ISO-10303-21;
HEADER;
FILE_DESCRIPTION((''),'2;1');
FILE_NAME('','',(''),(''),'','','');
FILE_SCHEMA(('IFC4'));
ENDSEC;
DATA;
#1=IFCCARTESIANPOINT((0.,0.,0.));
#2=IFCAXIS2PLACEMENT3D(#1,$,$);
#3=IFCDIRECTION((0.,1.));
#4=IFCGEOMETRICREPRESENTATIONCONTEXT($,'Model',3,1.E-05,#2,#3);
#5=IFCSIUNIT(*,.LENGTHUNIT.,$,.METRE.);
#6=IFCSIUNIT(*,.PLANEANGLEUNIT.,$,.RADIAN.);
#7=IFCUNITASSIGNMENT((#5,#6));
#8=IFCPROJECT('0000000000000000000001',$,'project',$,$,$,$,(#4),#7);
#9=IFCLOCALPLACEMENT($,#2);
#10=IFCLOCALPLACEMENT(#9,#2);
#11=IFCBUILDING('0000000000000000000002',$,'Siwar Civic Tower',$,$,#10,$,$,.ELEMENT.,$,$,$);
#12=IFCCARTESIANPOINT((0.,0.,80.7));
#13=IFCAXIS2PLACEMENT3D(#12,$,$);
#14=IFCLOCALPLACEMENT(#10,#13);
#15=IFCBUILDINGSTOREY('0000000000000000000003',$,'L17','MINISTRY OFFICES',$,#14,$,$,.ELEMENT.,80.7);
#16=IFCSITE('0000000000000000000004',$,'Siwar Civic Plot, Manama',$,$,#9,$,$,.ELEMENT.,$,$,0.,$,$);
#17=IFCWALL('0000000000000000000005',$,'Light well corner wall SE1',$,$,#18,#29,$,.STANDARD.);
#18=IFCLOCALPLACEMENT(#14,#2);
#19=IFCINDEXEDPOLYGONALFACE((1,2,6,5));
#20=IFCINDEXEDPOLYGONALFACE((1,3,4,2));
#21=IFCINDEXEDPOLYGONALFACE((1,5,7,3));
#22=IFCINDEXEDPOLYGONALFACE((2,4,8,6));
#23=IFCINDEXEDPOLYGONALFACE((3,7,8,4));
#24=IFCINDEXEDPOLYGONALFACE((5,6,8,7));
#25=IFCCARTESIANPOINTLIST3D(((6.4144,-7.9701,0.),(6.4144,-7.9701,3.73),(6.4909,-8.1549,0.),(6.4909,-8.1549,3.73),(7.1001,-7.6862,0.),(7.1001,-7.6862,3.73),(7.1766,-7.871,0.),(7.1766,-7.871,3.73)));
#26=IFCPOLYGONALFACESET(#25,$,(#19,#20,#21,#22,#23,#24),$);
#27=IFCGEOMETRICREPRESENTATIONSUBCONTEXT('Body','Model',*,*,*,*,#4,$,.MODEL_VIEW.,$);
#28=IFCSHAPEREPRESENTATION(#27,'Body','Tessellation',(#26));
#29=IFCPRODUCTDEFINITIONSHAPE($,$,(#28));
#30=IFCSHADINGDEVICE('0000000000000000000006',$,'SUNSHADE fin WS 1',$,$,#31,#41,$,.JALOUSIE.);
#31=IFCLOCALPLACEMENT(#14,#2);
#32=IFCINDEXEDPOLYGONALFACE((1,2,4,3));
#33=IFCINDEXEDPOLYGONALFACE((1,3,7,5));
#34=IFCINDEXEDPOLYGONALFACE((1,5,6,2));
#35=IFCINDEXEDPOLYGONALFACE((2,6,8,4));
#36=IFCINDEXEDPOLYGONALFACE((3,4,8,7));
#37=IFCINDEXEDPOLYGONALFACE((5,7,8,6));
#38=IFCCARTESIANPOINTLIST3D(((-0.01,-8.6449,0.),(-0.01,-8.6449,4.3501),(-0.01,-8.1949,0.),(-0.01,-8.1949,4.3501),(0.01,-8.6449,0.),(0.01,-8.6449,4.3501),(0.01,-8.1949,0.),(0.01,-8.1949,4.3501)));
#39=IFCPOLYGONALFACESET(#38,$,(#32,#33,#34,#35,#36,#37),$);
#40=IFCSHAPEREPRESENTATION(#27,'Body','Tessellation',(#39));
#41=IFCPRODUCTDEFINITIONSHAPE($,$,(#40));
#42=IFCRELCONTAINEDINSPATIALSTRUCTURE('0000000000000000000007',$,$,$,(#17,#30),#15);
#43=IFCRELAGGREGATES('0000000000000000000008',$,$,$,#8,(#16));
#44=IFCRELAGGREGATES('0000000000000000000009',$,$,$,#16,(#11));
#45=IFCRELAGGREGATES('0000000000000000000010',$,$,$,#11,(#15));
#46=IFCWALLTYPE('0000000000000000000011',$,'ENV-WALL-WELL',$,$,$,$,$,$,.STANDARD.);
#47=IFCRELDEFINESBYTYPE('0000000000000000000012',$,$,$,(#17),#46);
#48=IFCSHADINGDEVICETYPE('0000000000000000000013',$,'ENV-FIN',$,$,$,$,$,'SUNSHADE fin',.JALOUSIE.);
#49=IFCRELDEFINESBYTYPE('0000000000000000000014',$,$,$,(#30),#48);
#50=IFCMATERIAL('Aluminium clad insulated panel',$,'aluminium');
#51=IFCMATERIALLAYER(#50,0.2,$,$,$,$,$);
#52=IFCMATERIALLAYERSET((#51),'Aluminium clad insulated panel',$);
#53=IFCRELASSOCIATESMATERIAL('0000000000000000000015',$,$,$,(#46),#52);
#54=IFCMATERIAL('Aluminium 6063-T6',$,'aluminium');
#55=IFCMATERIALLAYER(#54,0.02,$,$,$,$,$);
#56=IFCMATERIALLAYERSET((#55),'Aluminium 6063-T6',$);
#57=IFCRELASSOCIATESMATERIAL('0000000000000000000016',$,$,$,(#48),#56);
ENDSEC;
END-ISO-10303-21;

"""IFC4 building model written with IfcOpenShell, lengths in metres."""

from ifc_helpers import new_model, si_unit, direction, frame, frame_2d, origin, origin_2d, place, context, subcontext, project, spatial, rectangle, extrude, material, layer, layer_set, type_object, element, save


model = new_model("IFC4")

# Units and contexts
model_context = context("Model", 3, precision=1e-05, world=origin(), true_north=direction((0.0, 1.0)))
body_context = subcontext(model_context, "Body", "Model", "MODEL_VIEW")
ifc_project = project(units=[si_unit("LENGTHUNIT", "METRE"), si_unit("PLANEANGLEUNIT", "RADIAN")], contexts=[model_context])

# Site, building, storey
site_placement = place(None, origin())
site = spatial("IfcSite", under=ifc_project, at=site_placement, Name="Siwar Civic Plot, Manama", CompositionType="ELEMENT", RefElevation=0.0)
building_placement = place(site_placement, origin())
building = spatial("IfcBuilding", under=site, at=building_placement, Name="Siwar Civic Tower", CompositionType="ELEMENT")
storey_placement = place(building_placement, frame((0.0, 0.0, 80.7)))
storey = spatial("IfcBuildingStorey", under=building, at=storey_placement, Name="L17", Description="MINISTRY OFFICES", CompositionType="ELEMENT", Elevation=80.7)

# Wall
ifc_material_1 = material(Name="Aluminium clad insulated panel", Category="aluminium")
ifc_layer_1 = layer(ifc_material_1, 0.2)
ifc_layer_set_1 = layer_set([ifc_layer_1], Name="Aluminium clad insulated panel")
wall_type = type_object("IfcWallType", Name="ENV-WALL-WELL", PredefinedType="STANDARD", material=ifc_layer_set_1)
wall_placement = place(storey_placement, frame((6.4526, -8.0625, 0.0), z_axis=(0.0, 0.0, 1.0), x_axis=(0.923941, 0.382536, 0.0)))
element("IfcWall", 1, at=wall_placement, inside=storey, type_object=wall_type, Name="Light well corner wall SE1", PredefinedType="STANDARD", context=body_context, shape_type="SweptSolid", body=[
    extrude(rectangle(XDim=0.7422, YDim=0.2, at=frame_2d((0.3711, 0.0))), origin(), (0.0, 0.0, 1.0), 3.73),
])

# Shading device
ifc_material_2 = material(Name="Aluminium 6063-T6", Category="aluminium")
ifc_layer_2 = layer(ifc_material_2, 0.02)
ifc_layer_set_2 = layer_set([ifc_layer_2], Name="Aluminium 6063-T6")
shading_device_type = type_object("IfcShadingDeviceType", Name="ENV-FIN", ElementType="SUNSHADE fin", PredefinedType="JALOUSIE", material=ifc_layer_set_2)
shading_device_placement = place(storey_placement, frame((0.0, -8.4199, 0.0), z_axis=(0.0, 0.0, 1.0), x_axis=(1.0, 0.0, 0.0)))
element("IfcShadingDevice", 2, at=shading_device_placement, inside=storey, type_object=shading_device_type, Name="SUNSHADE fin WS 1", PredefinedType="JALOUSIE", context=body_context, shape_type="SweptSolid", body=[
    extrude(rectangle(XDim=0.02, YDim=0.45, at=origin_2d()), origin(), (0.0, 0.0, 1.0), 4.3501),
])

save(model, "model.ifc")
